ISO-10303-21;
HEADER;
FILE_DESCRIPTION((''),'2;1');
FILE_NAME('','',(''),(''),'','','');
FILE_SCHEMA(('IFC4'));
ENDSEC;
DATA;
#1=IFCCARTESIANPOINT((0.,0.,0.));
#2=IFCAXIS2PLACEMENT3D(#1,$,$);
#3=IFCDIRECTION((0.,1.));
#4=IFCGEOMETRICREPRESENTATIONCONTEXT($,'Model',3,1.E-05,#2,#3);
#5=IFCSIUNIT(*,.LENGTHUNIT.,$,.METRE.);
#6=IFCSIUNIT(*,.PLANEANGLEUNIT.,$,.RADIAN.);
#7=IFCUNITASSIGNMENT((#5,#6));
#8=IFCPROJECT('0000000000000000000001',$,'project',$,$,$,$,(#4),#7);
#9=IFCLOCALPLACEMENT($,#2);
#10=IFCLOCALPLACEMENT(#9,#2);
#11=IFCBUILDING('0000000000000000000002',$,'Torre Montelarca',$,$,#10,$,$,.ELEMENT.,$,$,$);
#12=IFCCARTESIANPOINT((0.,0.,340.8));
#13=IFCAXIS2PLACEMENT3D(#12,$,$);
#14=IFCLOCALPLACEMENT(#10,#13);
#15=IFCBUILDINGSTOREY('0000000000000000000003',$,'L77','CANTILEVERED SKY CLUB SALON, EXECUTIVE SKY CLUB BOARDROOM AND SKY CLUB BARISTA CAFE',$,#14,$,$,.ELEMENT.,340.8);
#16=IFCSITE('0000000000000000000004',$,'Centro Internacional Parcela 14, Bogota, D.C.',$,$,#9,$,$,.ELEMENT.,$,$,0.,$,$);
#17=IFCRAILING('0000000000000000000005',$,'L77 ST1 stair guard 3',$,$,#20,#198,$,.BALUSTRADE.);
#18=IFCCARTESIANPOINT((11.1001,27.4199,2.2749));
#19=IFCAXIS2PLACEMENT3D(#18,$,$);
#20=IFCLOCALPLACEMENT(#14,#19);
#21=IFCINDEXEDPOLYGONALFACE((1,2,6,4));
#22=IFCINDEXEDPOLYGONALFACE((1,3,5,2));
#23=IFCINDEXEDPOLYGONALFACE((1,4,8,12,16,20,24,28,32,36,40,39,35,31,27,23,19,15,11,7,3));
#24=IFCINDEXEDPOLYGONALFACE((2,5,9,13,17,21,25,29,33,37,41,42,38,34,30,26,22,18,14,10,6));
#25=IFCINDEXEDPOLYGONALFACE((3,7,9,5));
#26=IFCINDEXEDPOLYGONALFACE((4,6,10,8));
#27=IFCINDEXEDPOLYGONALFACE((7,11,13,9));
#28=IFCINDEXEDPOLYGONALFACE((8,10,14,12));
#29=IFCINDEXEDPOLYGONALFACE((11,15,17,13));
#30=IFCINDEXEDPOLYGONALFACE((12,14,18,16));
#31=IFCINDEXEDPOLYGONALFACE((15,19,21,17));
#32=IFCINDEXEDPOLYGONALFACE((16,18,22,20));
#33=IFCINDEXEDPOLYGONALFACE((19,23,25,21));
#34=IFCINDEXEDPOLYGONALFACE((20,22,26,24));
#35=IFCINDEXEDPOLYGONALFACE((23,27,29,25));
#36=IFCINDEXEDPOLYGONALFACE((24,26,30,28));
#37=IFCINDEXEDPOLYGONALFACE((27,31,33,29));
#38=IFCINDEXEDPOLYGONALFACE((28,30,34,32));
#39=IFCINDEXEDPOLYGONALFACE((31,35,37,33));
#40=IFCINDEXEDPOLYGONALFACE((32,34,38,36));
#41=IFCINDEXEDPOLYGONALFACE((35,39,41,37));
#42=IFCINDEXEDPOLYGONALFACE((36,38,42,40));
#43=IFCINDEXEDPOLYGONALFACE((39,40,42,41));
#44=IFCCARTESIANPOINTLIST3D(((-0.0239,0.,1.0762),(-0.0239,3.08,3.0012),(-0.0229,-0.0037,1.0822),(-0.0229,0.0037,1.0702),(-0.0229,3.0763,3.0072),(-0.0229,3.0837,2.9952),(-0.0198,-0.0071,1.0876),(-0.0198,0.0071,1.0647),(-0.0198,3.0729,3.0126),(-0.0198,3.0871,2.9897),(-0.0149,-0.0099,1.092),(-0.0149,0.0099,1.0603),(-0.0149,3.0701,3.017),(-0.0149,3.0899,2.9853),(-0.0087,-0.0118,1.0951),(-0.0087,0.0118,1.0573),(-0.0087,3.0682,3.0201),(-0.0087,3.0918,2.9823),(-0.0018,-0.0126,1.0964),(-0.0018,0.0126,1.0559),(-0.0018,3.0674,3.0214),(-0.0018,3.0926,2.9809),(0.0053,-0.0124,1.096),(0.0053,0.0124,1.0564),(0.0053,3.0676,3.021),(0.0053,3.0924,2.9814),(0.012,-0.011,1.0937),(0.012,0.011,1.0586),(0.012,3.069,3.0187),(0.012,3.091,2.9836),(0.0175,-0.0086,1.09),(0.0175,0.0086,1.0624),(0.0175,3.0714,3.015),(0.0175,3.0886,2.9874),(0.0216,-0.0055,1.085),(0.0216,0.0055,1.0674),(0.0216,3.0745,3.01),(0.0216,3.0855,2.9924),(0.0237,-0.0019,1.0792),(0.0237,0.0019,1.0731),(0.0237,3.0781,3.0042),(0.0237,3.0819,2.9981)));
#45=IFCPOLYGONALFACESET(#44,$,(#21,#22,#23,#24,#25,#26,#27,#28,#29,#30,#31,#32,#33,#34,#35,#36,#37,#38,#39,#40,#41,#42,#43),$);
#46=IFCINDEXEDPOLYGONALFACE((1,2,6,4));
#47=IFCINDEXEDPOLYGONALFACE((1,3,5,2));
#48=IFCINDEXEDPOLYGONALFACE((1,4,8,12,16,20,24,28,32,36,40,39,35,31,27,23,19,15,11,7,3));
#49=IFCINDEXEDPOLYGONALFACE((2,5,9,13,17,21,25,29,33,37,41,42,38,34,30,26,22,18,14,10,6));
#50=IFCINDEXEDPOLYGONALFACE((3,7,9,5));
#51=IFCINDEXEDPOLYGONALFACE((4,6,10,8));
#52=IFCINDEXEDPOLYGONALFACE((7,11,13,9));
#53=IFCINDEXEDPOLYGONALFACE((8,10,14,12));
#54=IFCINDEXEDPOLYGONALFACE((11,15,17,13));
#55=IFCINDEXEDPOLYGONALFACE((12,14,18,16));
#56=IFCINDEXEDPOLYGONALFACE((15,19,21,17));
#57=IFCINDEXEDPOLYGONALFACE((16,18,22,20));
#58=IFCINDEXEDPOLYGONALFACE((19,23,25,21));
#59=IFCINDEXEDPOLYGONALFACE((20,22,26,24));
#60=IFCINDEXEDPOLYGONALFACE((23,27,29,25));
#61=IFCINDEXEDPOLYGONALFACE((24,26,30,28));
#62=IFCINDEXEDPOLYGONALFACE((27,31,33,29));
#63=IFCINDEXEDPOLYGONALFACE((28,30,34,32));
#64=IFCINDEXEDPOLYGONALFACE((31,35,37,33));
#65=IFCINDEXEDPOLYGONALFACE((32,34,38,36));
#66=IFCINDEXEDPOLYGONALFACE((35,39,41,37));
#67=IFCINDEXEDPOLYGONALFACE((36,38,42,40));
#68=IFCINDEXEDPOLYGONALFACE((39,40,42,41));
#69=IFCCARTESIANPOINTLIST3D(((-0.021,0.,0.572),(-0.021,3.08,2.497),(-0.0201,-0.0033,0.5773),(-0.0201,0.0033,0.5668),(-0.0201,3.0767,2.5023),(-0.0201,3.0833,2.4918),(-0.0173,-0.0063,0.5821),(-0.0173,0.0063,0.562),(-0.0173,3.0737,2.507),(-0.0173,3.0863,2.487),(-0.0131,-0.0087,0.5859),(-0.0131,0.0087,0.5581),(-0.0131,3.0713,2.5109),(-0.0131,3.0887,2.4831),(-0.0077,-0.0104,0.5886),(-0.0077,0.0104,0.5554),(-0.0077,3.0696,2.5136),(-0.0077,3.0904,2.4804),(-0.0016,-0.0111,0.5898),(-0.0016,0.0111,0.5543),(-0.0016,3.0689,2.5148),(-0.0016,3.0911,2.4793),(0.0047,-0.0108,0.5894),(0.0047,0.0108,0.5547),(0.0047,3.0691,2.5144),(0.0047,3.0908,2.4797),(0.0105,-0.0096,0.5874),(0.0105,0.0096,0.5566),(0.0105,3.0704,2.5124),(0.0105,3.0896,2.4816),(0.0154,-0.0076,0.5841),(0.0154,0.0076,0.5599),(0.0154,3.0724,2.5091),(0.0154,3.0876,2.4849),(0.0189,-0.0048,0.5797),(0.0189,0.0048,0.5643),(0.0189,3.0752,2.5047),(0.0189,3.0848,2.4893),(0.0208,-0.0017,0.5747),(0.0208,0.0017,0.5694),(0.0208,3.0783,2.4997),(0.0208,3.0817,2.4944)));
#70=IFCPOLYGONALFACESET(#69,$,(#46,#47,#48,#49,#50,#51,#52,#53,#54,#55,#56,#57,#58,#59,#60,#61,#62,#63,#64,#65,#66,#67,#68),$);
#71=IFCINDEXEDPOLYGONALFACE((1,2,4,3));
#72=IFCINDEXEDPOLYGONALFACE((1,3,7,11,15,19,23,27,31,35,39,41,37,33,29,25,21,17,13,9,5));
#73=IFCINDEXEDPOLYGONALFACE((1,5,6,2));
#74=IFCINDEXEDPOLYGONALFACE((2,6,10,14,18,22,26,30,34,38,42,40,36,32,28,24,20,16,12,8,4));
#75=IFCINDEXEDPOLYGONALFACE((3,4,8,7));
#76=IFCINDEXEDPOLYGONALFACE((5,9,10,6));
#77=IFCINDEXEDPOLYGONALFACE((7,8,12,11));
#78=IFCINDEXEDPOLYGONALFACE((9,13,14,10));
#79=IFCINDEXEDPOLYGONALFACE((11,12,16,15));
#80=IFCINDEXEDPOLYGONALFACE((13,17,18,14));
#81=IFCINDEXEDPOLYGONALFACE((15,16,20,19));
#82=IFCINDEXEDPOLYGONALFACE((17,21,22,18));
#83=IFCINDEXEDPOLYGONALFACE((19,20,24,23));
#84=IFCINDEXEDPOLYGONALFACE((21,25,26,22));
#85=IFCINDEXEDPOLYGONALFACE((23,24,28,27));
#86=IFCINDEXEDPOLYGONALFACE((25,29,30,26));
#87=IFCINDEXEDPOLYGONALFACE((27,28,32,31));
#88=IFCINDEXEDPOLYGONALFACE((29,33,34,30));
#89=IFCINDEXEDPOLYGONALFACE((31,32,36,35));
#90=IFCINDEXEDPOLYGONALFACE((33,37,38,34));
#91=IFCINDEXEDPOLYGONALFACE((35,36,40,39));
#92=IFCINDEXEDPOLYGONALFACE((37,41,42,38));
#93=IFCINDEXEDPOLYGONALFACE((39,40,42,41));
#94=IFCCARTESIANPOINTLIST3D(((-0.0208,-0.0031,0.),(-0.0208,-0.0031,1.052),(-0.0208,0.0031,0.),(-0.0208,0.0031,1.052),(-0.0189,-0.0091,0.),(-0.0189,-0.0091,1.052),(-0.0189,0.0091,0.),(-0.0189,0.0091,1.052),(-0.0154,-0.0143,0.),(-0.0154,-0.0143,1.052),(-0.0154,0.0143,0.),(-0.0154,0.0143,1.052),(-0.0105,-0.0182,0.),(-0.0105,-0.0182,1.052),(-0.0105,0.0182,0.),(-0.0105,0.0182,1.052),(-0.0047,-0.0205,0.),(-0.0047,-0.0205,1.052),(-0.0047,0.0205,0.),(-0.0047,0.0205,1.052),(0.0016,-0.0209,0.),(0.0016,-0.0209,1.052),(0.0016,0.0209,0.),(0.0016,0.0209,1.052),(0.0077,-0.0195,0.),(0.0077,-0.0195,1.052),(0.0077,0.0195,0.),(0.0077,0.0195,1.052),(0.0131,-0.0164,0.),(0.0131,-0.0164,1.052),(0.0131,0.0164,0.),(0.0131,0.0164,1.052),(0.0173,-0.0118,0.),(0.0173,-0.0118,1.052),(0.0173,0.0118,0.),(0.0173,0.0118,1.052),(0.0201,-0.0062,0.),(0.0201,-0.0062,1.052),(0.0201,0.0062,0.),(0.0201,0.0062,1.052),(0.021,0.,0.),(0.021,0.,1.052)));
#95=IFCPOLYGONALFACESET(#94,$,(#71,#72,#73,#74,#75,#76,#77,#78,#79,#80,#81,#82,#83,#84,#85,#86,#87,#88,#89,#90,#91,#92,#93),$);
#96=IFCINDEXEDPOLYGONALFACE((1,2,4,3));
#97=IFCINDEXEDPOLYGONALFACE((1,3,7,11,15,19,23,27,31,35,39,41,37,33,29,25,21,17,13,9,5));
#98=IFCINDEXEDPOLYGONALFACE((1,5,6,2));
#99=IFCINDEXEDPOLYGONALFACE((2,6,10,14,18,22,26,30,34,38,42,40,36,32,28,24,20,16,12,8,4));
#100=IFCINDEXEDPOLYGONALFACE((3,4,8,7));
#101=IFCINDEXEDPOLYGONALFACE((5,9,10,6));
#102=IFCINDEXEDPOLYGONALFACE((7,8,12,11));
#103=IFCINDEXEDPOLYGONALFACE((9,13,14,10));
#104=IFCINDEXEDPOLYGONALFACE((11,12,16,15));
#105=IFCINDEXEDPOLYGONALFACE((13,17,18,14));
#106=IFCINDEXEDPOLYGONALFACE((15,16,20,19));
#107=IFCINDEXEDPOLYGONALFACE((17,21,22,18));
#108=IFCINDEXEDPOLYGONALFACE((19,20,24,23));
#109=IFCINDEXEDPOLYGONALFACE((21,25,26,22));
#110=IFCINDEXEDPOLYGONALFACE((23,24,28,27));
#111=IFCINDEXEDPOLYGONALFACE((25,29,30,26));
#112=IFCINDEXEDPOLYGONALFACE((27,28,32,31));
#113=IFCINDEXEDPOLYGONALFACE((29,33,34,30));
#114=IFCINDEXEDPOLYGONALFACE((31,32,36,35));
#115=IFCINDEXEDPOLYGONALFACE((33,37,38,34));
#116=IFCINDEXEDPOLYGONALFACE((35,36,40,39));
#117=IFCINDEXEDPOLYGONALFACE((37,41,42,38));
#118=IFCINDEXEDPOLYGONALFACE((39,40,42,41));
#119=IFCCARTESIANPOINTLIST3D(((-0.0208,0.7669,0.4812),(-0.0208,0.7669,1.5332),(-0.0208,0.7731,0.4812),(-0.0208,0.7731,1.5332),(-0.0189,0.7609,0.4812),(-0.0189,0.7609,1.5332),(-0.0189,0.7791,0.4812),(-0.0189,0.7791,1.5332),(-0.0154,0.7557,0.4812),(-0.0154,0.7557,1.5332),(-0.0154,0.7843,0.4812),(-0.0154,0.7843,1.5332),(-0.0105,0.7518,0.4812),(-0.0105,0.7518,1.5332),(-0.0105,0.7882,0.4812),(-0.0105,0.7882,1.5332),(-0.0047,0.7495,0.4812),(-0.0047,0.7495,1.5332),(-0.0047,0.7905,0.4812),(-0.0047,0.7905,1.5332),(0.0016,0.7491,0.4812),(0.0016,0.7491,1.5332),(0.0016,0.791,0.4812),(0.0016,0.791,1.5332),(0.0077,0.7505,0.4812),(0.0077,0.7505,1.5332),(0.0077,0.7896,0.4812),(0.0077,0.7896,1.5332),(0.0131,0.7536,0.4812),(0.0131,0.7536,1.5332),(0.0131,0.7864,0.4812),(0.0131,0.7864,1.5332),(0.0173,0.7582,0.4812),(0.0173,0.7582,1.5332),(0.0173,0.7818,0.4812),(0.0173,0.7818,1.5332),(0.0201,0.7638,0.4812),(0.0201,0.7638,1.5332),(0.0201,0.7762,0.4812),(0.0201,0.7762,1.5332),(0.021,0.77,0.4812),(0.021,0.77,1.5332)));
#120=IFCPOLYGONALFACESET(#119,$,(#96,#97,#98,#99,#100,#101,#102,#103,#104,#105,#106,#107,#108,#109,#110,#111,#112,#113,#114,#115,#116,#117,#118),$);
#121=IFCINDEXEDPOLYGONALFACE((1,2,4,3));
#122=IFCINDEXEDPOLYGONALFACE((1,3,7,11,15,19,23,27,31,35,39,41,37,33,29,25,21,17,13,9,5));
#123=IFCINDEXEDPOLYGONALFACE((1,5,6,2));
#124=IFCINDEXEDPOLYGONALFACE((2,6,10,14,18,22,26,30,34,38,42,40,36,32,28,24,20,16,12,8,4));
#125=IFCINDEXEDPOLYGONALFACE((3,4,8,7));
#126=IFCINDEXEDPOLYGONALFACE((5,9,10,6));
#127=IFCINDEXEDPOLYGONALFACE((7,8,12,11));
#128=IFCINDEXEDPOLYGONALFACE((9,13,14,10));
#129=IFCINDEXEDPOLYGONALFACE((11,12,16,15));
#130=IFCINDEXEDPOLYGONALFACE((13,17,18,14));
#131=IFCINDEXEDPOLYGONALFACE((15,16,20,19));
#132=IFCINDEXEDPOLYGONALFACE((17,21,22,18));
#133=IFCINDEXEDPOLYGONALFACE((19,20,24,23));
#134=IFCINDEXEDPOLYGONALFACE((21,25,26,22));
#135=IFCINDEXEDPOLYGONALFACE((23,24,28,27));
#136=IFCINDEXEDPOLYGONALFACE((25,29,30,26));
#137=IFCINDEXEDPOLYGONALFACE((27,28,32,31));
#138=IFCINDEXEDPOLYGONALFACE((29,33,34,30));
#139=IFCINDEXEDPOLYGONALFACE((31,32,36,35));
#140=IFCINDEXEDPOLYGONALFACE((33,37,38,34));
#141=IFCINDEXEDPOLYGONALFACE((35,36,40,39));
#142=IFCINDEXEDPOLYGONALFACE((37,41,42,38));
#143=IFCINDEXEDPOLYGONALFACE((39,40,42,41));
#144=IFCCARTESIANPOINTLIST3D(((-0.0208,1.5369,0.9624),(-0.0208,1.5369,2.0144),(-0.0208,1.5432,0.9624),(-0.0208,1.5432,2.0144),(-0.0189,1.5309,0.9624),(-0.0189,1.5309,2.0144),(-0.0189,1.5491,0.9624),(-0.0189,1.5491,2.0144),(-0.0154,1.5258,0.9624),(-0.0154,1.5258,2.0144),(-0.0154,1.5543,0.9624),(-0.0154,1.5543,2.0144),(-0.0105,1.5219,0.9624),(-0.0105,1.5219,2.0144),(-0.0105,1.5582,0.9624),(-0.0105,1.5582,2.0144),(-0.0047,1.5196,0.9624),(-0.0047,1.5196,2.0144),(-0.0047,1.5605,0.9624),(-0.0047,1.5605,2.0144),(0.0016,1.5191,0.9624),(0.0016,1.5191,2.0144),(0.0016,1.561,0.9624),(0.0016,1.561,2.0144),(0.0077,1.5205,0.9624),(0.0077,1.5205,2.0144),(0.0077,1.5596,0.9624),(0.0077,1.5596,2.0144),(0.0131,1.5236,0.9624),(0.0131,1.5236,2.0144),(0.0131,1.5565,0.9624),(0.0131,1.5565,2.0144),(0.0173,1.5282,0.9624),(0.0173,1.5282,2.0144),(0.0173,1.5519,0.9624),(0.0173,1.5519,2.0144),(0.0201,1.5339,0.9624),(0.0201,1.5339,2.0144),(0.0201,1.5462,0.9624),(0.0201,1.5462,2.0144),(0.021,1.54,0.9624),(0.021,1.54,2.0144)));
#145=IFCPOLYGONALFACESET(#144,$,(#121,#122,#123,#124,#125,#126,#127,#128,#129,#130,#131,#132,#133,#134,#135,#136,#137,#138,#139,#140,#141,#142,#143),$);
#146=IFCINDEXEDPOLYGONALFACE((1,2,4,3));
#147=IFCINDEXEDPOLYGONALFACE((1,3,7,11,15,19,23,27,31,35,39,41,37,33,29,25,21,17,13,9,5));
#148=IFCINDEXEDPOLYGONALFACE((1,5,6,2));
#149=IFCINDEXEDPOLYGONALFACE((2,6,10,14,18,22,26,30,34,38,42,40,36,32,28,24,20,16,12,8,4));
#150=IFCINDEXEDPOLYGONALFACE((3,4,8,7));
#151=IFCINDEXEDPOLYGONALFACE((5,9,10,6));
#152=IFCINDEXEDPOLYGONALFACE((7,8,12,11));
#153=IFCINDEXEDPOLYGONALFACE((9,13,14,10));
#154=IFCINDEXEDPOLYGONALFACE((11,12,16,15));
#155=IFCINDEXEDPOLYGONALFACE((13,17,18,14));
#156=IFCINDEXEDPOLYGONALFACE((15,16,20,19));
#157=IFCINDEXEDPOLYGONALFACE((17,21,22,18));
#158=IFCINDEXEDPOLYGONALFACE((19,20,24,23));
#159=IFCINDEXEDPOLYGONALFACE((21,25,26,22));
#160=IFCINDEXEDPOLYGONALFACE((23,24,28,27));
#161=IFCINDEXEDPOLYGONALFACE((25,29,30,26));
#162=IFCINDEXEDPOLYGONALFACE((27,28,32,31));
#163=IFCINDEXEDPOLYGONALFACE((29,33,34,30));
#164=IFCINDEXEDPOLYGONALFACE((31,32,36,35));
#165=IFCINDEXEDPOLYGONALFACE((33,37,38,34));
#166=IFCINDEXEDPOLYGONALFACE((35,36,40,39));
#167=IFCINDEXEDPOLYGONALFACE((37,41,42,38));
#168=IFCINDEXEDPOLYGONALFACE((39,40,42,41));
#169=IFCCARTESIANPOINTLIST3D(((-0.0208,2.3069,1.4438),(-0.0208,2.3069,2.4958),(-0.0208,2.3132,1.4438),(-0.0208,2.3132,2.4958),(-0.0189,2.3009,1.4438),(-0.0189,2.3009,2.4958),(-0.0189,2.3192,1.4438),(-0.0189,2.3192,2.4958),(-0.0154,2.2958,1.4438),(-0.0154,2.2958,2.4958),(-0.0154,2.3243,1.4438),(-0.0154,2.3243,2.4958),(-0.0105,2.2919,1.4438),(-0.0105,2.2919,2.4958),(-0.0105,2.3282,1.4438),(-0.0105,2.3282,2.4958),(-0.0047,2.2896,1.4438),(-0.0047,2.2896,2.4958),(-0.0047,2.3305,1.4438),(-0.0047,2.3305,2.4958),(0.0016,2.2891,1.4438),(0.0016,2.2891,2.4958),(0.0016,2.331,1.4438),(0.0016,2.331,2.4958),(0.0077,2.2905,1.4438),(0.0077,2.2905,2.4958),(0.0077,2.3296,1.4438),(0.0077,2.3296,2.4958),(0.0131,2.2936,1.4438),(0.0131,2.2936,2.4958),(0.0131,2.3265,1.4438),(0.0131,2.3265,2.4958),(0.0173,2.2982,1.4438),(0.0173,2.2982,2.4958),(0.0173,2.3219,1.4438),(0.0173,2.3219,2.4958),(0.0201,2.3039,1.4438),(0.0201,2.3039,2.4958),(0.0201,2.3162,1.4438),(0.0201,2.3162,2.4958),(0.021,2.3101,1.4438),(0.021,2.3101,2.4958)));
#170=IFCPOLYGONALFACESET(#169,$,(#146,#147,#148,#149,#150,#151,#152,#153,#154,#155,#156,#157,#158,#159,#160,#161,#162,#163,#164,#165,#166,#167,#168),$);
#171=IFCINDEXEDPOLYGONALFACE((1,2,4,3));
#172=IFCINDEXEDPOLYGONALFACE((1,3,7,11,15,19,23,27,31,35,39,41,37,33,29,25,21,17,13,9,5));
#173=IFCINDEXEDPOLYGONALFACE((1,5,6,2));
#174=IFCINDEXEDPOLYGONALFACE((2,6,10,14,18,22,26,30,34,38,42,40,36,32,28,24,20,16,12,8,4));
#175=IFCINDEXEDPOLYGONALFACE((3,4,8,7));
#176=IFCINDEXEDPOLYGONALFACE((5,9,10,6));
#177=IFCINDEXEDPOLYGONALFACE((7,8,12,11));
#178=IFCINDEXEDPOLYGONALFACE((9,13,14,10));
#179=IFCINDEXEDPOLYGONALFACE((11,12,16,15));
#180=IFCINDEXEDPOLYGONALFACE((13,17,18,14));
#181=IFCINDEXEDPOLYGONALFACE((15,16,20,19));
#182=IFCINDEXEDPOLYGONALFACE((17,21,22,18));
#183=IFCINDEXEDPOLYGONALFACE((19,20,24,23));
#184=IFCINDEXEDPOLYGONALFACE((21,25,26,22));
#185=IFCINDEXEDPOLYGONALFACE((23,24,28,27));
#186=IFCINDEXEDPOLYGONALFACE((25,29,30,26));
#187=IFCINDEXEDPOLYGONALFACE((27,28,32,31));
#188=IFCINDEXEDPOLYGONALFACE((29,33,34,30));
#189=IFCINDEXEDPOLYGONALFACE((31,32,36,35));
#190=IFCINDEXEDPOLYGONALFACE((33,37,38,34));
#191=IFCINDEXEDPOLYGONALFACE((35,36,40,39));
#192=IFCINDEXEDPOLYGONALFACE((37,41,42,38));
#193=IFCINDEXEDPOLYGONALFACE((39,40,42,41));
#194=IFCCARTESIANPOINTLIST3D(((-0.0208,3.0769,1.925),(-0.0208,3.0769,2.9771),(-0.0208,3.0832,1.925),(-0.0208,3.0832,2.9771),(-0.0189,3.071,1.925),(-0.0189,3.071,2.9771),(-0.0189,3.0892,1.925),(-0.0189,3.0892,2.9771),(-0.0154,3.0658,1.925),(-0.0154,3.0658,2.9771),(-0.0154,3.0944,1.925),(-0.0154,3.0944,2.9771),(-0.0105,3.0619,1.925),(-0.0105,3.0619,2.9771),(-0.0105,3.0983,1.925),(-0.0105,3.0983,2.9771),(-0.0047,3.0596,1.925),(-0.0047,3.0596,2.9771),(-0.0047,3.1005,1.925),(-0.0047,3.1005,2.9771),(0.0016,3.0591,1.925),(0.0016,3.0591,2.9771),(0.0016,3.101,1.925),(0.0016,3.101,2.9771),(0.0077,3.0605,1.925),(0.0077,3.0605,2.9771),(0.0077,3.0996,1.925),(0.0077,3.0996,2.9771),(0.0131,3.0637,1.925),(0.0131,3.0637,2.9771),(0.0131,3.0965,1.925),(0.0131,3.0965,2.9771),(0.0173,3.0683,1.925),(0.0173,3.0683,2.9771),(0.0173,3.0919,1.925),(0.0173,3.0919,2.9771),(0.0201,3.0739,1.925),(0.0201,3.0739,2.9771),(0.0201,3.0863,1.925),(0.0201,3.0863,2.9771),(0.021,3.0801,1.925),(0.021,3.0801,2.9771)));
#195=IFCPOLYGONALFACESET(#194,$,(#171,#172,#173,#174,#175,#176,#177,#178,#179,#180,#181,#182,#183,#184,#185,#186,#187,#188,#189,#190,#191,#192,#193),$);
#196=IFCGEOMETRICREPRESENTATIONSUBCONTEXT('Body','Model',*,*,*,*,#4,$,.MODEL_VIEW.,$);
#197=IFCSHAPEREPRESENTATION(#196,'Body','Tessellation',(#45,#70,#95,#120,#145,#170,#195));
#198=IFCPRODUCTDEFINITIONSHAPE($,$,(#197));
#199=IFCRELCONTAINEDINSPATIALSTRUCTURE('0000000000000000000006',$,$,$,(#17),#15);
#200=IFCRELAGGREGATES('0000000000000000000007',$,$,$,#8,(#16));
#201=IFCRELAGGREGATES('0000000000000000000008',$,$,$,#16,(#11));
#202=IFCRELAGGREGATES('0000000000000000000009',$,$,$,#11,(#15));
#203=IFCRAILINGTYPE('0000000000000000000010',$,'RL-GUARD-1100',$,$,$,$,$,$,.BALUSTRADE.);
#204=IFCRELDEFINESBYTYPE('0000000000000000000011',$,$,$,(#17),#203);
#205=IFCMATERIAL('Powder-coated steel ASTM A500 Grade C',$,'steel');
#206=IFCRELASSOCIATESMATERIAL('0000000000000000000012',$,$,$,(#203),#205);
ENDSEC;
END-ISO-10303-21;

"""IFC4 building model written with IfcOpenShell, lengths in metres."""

from ifc_helpers import new_model, si_unit, direction, frame, origin, origin_2d, place, context, subcontext, project, spatial, circle, extrude, material, type_object, element, save


model = new_model("IFC4")

# Units and contexts
model_context = context("Model", 3, precision=1e-05, world=origin(), true_north=direction((0.0, 1.0)))
body_context = subcontext(model_context, "Body", "Model", "MODEL_VIEW")
ifc_project = project(units=[si_unit("LENGTHUNIT", "METRE"), si_unit("PLANEANGLEUNIT", "RADIAN")], contexts=[model_context])

# Site, building, storey
site_placement = place(None, origin())
site = spatial("IfcSite", under=ifc_project, at=site_placement, Name="Centro Internacional Parcela 14, Bogota, D.C.", CompositionType="ELEMENT", RefElevation=0.0)
building_placement = place(site_placement, origin())
building = spatial("IfcBuilding", under=site, at=building_placement, Name="Torre Montelarca", CompositionType="ELEMENT")
storey_placement = place(building_placement, frame((0.0, 0.0, 340.8)))
storey = spatial("IfcBuildingStorey", under=building, at=storey_placement, Name="L77", Description="CANTILEVERED SKY CLUB SALON, EXECUTIVE SKY CLUB BOARDROOM AND SKY CLUB BARISTA CAFE", CompositionType="ELEMENT", Elevation=340.8)

# Railing
ifc_material_1 = material(Name="Powder-coated steel ASTM A500 Grade C", Category="steel")
railing_type_1 = type_object("IfcRailingType", Name="RL-GUARD-1100", PredefinedType="BALUSTRADE", material=ifc_material_1)
railing_1_placement = place(storey_placement, frame((11.1001, 27.4199, 2.2749)))
element("IfcRailing", 1, at=railing_1_placement, inside=storey, type_object=railing_type_1, Name="L77 ST1 stair guard 3", PredefinedType="BALUSTRADE", context=body_context, shape_type="SweptSolid", body=[
    extrude(circle(Radius=0.0239, at=origin_2d()), frame((0.0, 0.0, 1.0762), z_axis=(0.0, 0.847998, 0.529999), x_axis=(-1.0, 0.0, 0.0)), (0.0, 0.0, 1.0), 3.6321),
    extrude(circle(Radius=0.021, at=origin_2d()), frame((0.0, 0.0, 0.572), z_axis=(0.0, 0.847998, 0.529999), x_axis=(-1.0, 0.0, 0.0)), (0.0, 0.0, 1.0), 3.6321),
    extrude(circle(Radius=0.021, at=origin_2d()), origin(), (0.0, 0.0, 1.0), 1.052),
    extrude(circle(Radius=0.021, at=origin_2d()), frame((0.0, 0.77, 0.4812)), (0.0, 0.0, 1.0), 1.052),
    extrude(circle(Radius=0.021, at=origin_2d()), frame((0.0, 1.54, 0.9624)), (0.0, 0.0, 1.0), 1.052),
    extrude(circle(Radius=0.021, at=origin_2d()), frame((0.0, 2.3101, 1.4438)), (0.0, 0.0, 1.0), 1.052),
    extrude(circle(Radius=0.021, at=origin_2d()), frame((0.0, 3.0801, 1.925)), (0.0, 0.0, 1.0), 1.052),
])

save(model, "model.ifc")
